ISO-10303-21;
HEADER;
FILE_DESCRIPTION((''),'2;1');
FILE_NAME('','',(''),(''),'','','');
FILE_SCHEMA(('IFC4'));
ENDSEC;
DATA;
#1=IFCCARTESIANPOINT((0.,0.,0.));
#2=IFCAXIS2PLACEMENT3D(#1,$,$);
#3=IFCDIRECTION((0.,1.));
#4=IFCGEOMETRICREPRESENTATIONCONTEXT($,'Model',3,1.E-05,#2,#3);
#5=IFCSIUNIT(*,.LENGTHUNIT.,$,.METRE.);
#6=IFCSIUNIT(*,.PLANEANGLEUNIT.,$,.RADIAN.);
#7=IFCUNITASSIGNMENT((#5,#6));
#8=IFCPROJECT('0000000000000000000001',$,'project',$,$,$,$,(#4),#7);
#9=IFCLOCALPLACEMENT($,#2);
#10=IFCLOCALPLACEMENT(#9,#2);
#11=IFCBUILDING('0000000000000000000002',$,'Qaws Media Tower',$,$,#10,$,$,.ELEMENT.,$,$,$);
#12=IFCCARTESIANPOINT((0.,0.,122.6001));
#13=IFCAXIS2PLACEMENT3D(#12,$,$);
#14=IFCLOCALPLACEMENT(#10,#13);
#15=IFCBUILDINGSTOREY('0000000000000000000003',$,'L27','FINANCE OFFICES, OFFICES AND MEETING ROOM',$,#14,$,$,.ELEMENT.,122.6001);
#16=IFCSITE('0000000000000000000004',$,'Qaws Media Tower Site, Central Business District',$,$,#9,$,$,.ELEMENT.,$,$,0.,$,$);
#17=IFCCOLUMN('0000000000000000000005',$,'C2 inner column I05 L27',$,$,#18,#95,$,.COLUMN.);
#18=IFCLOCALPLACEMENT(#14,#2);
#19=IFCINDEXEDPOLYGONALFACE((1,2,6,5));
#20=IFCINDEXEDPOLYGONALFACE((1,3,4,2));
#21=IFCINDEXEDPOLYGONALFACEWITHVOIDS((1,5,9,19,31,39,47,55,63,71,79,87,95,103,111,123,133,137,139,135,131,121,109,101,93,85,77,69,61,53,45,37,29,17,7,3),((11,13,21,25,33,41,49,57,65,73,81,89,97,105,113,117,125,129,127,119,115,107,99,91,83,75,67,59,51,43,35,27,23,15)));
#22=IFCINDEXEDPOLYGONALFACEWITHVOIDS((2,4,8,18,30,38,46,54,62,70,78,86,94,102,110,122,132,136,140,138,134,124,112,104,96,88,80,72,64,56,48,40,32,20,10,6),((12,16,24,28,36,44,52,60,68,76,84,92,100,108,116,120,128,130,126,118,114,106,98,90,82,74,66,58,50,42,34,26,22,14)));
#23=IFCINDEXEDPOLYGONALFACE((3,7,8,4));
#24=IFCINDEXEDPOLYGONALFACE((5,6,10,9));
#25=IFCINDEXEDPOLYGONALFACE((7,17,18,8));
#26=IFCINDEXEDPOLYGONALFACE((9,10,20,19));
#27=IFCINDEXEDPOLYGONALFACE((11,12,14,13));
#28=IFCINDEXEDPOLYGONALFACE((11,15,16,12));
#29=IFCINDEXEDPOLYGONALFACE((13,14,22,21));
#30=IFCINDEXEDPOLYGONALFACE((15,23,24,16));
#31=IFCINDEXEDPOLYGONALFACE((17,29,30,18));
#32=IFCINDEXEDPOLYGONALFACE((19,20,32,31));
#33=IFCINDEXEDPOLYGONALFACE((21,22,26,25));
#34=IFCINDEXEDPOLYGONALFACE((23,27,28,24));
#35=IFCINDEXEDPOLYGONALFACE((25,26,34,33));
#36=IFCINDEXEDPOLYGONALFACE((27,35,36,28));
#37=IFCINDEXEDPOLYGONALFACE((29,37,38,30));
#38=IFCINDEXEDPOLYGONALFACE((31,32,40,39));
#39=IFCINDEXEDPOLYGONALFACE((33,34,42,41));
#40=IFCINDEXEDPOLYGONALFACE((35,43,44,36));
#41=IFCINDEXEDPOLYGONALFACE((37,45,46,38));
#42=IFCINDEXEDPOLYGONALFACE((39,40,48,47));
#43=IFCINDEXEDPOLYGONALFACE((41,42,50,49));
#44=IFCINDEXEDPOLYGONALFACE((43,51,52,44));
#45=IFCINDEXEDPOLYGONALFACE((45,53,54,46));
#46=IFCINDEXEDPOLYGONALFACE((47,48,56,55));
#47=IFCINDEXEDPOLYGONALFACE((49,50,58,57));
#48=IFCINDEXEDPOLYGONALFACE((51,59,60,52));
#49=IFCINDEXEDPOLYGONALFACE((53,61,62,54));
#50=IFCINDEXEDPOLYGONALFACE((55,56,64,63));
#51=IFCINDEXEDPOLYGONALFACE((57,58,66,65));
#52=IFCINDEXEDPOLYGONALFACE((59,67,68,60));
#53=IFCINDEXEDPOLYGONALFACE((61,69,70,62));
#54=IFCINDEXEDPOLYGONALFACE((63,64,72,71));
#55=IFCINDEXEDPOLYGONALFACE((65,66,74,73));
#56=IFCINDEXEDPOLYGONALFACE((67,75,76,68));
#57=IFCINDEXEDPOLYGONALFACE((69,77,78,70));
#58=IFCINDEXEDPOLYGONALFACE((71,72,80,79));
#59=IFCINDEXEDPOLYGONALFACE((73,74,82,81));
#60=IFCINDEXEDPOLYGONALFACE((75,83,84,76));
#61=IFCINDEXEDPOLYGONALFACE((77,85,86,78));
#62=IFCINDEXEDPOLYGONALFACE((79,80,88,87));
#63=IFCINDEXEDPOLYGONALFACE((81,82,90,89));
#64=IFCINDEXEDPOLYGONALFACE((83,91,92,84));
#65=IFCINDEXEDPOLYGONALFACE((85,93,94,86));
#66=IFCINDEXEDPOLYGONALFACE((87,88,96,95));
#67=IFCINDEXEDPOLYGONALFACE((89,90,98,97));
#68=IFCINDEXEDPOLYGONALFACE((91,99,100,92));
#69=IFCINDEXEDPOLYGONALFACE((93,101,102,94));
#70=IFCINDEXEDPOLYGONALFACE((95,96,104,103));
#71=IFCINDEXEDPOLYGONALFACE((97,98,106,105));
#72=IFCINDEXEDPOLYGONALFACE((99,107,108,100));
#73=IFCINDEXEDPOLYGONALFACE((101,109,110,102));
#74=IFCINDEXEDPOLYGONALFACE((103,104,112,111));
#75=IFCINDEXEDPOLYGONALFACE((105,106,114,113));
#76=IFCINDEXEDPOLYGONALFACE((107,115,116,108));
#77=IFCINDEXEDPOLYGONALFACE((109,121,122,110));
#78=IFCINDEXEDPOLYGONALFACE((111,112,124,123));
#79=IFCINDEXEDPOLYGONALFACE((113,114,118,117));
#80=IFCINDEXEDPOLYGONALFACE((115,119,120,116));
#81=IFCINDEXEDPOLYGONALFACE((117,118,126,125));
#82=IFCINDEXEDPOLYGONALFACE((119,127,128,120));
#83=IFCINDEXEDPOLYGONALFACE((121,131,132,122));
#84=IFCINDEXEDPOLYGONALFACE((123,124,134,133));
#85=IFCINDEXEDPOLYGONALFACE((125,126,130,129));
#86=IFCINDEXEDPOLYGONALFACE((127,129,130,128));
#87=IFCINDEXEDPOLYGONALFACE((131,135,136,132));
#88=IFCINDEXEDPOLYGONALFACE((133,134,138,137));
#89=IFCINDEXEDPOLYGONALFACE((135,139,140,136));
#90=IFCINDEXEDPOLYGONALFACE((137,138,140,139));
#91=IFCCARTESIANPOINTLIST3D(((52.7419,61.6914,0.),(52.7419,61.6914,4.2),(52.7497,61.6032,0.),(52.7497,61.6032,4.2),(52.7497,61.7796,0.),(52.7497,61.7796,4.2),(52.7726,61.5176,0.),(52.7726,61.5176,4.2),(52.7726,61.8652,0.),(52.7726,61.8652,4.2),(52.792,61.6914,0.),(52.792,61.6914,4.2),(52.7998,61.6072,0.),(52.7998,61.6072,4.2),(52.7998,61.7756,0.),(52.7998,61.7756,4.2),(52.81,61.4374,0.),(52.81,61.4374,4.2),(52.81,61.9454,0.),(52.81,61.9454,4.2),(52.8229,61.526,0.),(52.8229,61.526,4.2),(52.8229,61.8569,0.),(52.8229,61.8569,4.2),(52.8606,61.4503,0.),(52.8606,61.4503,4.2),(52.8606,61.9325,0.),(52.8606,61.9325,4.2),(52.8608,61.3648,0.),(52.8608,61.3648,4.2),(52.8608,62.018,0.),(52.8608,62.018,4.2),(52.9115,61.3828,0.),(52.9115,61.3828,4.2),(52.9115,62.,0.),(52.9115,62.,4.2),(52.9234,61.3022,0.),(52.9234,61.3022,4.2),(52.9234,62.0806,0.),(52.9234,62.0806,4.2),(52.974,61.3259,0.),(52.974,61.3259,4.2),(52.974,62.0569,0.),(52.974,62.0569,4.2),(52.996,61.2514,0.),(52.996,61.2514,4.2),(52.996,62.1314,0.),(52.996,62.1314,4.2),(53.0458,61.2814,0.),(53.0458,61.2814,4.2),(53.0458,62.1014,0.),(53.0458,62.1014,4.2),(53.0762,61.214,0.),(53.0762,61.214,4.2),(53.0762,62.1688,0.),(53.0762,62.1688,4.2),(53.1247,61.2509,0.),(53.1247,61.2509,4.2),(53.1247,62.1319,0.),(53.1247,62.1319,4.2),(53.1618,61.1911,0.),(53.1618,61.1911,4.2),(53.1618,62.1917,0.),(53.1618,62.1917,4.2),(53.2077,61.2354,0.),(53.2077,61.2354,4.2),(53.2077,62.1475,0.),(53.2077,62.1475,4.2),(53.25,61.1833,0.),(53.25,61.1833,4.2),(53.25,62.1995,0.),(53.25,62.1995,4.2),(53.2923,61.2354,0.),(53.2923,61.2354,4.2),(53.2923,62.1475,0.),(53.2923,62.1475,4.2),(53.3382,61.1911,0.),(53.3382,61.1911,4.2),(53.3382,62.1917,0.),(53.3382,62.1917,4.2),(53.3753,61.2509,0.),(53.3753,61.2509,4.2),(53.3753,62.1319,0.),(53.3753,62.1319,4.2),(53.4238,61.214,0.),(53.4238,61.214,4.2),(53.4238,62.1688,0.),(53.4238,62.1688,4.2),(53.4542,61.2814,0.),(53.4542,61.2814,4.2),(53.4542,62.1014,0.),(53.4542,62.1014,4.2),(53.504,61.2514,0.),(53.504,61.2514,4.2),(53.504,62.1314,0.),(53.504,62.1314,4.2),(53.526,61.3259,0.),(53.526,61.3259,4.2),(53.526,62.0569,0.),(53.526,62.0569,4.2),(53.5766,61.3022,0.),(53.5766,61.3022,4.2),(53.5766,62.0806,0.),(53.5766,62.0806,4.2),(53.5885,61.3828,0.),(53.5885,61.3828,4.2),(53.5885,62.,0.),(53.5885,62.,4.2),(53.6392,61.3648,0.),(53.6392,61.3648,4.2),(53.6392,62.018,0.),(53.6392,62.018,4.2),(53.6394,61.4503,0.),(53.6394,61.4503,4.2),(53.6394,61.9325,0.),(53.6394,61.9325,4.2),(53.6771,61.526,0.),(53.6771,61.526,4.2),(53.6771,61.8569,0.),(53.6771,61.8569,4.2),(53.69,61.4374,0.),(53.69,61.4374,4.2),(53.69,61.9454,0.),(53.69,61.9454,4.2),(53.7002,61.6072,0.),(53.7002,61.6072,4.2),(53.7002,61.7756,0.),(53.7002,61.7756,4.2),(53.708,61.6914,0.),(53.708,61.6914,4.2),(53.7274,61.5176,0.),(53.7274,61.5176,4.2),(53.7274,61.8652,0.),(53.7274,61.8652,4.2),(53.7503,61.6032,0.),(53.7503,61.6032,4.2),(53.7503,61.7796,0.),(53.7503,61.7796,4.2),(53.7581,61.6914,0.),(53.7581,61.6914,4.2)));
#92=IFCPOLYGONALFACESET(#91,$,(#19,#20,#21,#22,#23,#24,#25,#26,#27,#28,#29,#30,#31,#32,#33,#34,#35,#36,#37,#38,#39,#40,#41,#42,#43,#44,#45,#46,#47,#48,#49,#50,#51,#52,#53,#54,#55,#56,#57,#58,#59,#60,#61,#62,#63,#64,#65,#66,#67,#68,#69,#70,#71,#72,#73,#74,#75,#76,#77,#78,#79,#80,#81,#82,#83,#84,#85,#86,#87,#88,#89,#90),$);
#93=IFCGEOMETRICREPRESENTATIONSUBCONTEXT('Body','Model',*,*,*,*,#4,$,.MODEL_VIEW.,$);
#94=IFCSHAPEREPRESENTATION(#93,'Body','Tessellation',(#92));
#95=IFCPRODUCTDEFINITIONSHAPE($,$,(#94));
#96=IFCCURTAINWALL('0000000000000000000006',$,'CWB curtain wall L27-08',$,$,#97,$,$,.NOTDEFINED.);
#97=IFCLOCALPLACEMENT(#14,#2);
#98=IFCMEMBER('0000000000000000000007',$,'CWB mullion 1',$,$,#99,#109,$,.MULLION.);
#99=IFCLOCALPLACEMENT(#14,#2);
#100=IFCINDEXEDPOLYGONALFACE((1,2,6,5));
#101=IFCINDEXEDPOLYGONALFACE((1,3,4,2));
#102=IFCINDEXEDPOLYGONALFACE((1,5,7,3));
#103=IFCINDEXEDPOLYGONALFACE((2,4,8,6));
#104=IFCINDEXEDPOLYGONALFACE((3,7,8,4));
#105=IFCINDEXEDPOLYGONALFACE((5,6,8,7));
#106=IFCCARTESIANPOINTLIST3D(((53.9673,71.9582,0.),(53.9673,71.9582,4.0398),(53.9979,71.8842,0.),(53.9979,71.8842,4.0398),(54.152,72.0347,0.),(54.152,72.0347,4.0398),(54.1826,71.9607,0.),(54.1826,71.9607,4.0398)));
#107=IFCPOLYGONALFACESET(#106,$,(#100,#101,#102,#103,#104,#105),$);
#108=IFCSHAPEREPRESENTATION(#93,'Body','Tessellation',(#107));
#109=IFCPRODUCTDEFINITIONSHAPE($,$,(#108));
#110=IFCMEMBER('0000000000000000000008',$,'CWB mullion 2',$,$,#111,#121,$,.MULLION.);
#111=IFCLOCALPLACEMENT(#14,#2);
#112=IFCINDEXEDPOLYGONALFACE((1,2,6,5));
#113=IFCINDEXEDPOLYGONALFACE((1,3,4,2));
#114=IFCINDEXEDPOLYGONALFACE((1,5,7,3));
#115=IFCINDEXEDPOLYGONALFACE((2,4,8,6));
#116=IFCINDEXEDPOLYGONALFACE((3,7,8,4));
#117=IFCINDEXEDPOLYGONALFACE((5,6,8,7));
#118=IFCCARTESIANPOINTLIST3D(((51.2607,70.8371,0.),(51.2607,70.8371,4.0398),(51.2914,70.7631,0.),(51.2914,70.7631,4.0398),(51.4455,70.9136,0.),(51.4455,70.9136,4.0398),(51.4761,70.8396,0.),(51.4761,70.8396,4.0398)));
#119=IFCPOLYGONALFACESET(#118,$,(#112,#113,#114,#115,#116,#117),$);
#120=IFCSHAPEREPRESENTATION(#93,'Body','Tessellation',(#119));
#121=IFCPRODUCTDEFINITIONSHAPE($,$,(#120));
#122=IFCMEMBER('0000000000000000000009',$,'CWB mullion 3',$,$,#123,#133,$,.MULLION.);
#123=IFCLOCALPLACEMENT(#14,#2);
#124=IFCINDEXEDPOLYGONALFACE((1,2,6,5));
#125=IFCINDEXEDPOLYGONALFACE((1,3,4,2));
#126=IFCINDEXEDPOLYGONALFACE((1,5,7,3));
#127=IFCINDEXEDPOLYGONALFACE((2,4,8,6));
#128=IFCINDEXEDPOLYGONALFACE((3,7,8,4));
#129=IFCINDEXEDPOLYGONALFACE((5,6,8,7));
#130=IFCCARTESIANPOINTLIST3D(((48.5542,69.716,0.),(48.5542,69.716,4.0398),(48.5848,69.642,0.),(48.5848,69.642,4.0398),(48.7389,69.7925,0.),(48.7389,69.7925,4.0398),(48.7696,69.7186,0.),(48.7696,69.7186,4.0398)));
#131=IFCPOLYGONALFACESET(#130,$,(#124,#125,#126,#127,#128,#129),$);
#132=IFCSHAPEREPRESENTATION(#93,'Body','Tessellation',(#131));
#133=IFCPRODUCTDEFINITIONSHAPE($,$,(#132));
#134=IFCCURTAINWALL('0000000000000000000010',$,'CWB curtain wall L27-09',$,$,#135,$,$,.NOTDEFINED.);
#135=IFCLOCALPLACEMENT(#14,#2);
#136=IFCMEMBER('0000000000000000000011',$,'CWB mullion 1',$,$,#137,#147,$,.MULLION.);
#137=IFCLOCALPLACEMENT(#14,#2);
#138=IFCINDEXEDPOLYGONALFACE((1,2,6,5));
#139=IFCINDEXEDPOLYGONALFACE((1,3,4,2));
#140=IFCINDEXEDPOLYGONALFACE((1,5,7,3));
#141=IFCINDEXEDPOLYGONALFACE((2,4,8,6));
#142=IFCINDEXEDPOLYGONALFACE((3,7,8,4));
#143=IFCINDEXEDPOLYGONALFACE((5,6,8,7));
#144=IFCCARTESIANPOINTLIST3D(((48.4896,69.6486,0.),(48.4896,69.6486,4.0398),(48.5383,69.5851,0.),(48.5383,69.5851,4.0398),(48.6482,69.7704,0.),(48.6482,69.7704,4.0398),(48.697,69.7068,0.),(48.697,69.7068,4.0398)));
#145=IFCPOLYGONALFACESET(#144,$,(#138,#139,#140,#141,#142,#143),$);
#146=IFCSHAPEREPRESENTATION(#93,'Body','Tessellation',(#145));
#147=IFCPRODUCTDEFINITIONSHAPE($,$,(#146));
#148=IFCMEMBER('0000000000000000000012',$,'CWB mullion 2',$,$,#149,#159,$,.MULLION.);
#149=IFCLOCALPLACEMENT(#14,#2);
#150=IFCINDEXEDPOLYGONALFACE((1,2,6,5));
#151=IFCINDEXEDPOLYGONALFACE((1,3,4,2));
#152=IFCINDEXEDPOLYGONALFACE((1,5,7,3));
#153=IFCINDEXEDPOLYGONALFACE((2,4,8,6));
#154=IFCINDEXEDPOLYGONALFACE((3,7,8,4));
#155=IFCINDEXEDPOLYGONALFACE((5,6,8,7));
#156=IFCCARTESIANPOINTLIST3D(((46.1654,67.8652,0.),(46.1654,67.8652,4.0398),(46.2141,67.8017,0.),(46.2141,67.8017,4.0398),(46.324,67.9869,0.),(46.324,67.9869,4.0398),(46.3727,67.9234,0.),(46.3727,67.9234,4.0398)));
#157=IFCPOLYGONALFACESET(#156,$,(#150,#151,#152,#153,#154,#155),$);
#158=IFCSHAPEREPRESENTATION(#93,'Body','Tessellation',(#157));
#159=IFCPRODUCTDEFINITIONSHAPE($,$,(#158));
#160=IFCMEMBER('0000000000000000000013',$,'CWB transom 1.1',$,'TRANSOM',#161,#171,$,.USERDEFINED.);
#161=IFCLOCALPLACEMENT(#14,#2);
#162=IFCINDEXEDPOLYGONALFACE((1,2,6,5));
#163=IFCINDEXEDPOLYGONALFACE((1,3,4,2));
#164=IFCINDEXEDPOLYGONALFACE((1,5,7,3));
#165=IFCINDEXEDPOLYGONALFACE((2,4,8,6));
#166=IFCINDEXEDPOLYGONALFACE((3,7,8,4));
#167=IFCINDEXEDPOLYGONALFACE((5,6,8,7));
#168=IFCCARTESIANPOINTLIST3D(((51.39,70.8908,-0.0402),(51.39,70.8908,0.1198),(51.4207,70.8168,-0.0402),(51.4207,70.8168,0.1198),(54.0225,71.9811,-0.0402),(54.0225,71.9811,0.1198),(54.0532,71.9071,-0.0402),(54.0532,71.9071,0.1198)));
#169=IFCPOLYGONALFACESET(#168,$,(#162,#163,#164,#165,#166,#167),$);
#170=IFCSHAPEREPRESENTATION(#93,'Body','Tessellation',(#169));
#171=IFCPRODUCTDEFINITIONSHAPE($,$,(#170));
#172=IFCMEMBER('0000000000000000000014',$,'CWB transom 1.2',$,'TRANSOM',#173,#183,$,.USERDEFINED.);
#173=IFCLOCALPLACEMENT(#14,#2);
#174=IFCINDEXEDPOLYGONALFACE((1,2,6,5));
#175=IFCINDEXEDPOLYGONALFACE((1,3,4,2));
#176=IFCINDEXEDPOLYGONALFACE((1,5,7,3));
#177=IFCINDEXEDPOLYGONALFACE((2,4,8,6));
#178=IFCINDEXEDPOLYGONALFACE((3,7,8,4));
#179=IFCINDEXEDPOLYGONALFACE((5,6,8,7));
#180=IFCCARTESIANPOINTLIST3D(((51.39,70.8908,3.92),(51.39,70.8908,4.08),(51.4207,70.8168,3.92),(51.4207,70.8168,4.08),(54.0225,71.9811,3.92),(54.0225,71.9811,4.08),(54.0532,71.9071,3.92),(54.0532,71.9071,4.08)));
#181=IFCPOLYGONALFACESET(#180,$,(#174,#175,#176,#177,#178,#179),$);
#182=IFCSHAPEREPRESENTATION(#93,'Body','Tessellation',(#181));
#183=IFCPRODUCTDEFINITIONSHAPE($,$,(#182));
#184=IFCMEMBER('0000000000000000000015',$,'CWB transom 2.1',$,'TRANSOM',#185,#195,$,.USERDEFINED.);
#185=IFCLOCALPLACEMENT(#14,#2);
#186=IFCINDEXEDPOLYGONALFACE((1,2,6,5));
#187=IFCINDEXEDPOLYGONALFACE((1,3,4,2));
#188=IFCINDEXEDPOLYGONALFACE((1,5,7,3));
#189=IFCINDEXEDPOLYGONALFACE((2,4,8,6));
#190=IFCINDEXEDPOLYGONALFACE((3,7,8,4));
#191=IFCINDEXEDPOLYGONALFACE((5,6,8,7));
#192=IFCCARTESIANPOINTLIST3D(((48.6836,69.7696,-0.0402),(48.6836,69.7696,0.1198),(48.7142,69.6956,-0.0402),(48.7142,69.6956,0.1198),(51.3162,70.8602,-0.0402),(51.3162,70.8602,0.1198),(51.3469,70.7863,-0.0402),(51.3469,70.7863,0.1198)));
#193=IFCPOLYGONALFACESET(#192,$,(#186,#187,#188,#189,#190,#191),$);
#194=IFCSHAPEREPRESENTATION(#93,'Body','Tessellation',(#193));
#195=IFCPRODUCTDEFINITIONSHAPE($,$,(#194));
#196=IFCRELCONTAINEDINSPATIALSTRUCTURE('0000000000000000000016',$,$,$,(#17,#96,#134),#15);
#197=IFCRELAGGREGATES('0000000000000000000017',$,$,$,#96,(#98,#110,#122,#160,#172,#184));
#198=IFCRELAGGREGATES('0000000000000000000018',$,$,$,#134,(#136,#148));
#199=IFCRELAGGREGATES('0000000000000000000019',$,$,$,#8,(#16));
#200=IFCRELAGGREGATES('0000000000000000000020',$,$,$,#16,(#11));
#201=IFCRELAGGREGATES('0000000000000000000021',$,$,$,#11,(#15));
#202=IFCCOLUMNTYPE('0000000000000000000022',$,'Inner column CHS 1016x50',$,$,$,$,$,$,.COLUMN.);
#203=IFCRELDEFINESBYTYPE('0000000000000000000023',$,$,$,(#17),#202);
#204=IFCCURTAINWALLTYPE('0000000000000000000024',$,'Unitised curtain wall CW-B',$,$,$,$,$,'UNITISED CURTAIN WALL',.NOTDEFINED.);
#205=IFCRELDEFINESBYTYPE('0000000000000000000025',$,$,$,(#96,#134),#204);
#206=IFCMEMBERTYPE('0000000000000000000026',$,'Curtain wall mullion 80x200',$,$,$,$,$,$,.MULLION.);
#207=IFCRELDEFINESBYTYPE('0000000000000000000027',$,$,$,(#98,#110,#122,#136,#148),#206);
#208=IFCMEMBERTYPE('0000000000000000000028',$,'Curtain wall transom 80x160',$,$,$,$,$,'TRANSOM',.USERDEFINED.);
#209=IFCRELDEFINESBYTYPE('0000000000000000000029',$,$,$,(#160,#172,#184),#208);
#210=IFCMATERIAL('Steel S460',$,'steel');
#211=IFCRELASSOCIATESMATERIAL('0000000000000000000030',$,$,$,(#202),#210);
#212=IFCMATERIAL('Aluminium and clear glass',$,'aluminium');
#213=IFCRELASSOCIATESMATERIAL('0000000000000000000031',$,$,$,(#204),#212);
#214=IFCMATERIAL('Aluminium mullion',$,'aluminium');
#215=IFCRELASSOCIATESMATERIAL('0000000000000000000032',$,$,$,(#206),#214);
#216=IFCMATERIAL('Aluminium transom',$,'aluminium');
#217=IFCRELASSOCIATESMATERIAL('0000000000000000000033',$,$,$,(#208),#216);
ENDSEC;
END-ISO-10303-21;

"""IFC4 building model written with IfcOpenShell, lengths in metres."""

from ifc_helpers import new_model, si_unit, direction, frame, origin, origin_2d, place, context, subcontext, project, spatial, rectangle, hollow_circle, extrude, material, material_profile, profile_set, type_object, element, aggregate, save


model = new_model("IFC4")

# Units and contexts
model_context = context("Model", 3, precision=1e-05, world=origin(), true_north=direction((0.0, 1.0)))
body_context = subcontext(model_context, "Body", "Model", "MODEL_VIEW")
ifc_project = project(units=[si_unit("LENGTHUNIT", "METRE"), si_unit("PLANEANGLEUNIT", "RADIAN")], contexts=[model_context])

# Site, building, storey
site_placement = place(None, origin())
site = spatial("IfcSite", under=ifc_project, at=site_placement, Name="Qaws Media Tower Site, Central Business District", CompositionType="ELEMENT", RefElevation=0.0)
building_placement = place(site_placement, origin())
building = spatial("IfcBuilding", under=site, at=building_placement, Name="Qaws Media Tower", CompositionType="ELEMENT")
storey_placement = place(building_placement, frame((0.0, 0.0, 122.6001)))
storey = spatial("IfcBuildingStorey", under=building, at=storey_placement, Name="L27", Description="FINANCE OFFICES, OFFICES AND MEETING ROOM", CompositionType="ELEMENT", Elevation=122.6001)

# Column
ifc_material_1 = material(Name="Steel S460", Category="steel")
ifc_material_profile_1 = material_profile(ifc_material_1, hollow_circle(Radius=0.5081, WallThickness=0.05, at=origin_2d()), Name="CHS 1016x50")
ifc_profile_set_1 = profile_set([ifc_material_profile_1], Name="Steel S460")
column_type = type_object("IfcColumnType", Name="Inner column CHS 1016x50", PredefinedType="COLUMN", material=ifc_profile_set_1)
column_placement = place(storey_placement, frame((53.25, 61.6914, 0.0), z_axis=(0.0, 0.0, 1.0), x_axis=(1.0, 0.0, 0.0)))
element("IfcColumn", 1, at=column_placement, inside=storey, type_object=column_type, Name="C2 inner column I05 L27", PredefinedType="COLUMN", context=body_context, shape_type="SweptSolid", body=[
    extrude(hollow_circle(Radius=0.5081, WallThickness=0.05, at=origin_2d()), origin(), (0.0, 0.0, 1.0), 4.2),
])

# Curtain walls, members
ifc_material_2 = material(Name="Aluminium and clear glass", Category="aluminium")
curtain_wall_type = type_object("IfcCurtainWallType", Name="Unitised curtain wall CW-B", ElementType="UNITISED CURTAIN WALL", PredefinedType="NOTDEFINED", material=ifc_material_2)
curtain_wall_1_placement = place(storey_placement, origin())
curtain_wall_1 = element("IfcCurtainWall", 2, at=curtain_wall_1_placement, inside=storey, type_object=curtain_wall_type, Name="CWB curtain wall L27-08", PredefinedType="NOTDEFINED")
ifc_material_3 = material(Name="Aluminium mullion", Category="aluminium")
ifc_material_profile_2 = material_profile(ifc_material_3, rectangle(XDim=0.0801, YDim=0.2, at=origin_2d()), Name="80x200")
ifc_profile_set_2 = profile_set([ifc_material_profile_2], Name="Aluminium mullion")
member_type_1 = type_object("IfcMemberType", Name="Curtain wall mullion 80x200", PredefinedType="MULLION", material=ifc_profile_set_2)
member_1_placement = place(storey_placement, frame((54.075, 71.9595, 0.0), z_axis=(0.0, 0.0, 1.0), x_axis=(0.382683, -0.92388, 0.0)))
member_1 = element("IfcMember", 3, at=member_1_placement, type_object=member_type_1, Name="CWB mullion 1", PredefinedType="MULLION", context=body_context, shape_type="SweptSolid", body=[
    extrude(rectangle(XDim=0.0801, YDim=0.2, at=origin_2d()), origin(), (0.0, 0.0, 1.0), 4.0398),
])
member_2_placement = place(storey_placement, frame((51.3684, 70.8384, 0.0), z_axis=(0.0, 0.0, 1.0), x_axis=(0.382683, -0.92388, 0.0)))
member_2 = element("IfcMember", 4, at=member_2_placement, type_object=member_type_1, Name="CWB mullion 2", PredefinedType="MULLION", context=body_context, shape_type="SweptSolid", body=[
    extrude(rectangle(XDim=0.0801, YDim=0.2, at=origin_2d()), origin(), (0.0, 0.0, 1.0), 4.0398),
])
member_3_placement = place(storey_placement, frame((48.6619, 69.7173, 0.0), z_axis=(0.0, 0.0, 1.0), x_axis=(0.382683, -0.92388, 0.0)))
member_3 = element("IfcMember", 5, at=member_3_placement, type_object=member_type_1, Name="CWB mullion 3", PredefinedType="MULLION", context=body_context, shape_type="SweptSolid", body=[
    extrude(rectangle(XDim=0.0801, YDim=0.2, at=origin_2d()), origin(), (0.0, 0.0, 1.0), 4.0398),
])
curtain_wall_2_placement = place(storey_placement, origin())
curtain_wall_2 = element("IfcCurtainWall", 6, at=curtain_wall_2_placement, inside=storey, type_object=curtain_wall_type, Name="CWB curtain wall L27-09", PredefinedType="NOTDEFINED")
member_4_placement = place(storey_placement, frame((48.5933, 69.6777, 0.0), z_axis=(0.0, 0.0, 1.0), x_axis=(0.608761, -0.793353, 0.0)))
member_4 = element("IfcMember", 7, at=member_4_placement, type_object=member_type_1, Name="CWB mullion 1", PredefinedType="MULLION", context=body_context, shape_type="SweptSolid", body=[
    extrude(rectangle(XDim=0.0801, YDim=0.2, at=origin_2d()), origin(), (0.0, 0.0, 1.0), 4.0398),
])
member_5_placement = place(storey_placement, frame((46.269, 67.8943, 0.0), z_axis=(0.0, 0.0, 1.0), x_axis=(0.608761, -0.793353, 0.0)))
member_5 = element("IfcMember", 8, at=member_5_placement, type_object=member_type_1, Name="CWB mullion 2", PredefinedType="MULLION", context=body_context, shape_type="SweptSolid", body=[
    extrude(rectangle(XDim=0.0801, YDim=0.2, at=origin_2d()), origin(), (0.0, 0.0, 1.0), 4.0398),
])

# Members
ifc_material_4 = material(Name="Aluminium transom", Category="aluminium")
ifc_material_profile_3 = material_profile(ifc_material_4, rectangle(XDim=0.0801, YDim=0.1599, at=origin_2d()), Name="80x160")
ifc_profile_set_3 = profile_set([ifc_material_profile_3], Name="Aluminium transom")
member_type_2 = type_object("IfcMemberType", Name="Curtain wall transom 80x160", ElementType="TRANSOM", PredefinedType="USERDEFINED", material=ifc_profile_set_3)
member_6_placement = place(storey_placement, frame((54.0378, 71.9441, 0.0398), z_axis=(-0.923894, -0.382649, 0.0), x_axis=(0.382649, -0.923894, 0.0)))
member_6 = element("IfcMember", 9, at=member_6_placement, type_object=member_type_2, Name="CWB transom 1.1", ObjectType="TRANSOM", PredefinedType="USERDEFINED", context=body_context, shape_type="SweptSolid", body=[
    extrude(rectangle(XDim=0.0801, YDim=0.1599, at=origin_2d()), origin(), (0.0, 0.0, 1.0), 2.8494),
])
member_7_placement = place(storey_placement, frame((54.0378, 71.9441, 4.0), z_axis=(-0.923894, -0.382649, 0.0), x_axis=(0.382649, -0.923894, 0.0)))
member_7 = element("IfcMember", 10, at=member_7_placement, type_object=member_type_2, Name="CWB transom 1.2", ObjectType="TRANSOM", PredefinedType="USERDEFINED", context=body_context, shape_type="SweptSolid", body=[
    extrude(rectangle(XDim=0.0801, YDim=0.1599, at=origin_2d()), origin(), (0.0, 0.0, 1.0), 2.8494),
])
member_8_placement = place(storey_placement, frame((51.3315, 70.8232, 0.0398), z_axis=(-0.923863, -0.382723, 0.0), x_axis=(0.382723, -0.923863, 0.0)))
member_8 = element("IfcMember", 11, at=member_8_placement, type_object=member_type_2, Name="CWB transom 2.1", ObjectType="TRANSOM", PredefinedType="USERDEFINED", context=body_context, shape_type="SweptSolid", body=[
    extrude(rectangle(XDim=0.0801, YDim=0.1599, at=origin_2d()), origin(), (0.0, 0.0, 1.0), 2.8496),
])

aggregate(curtain_wall_1, [member_1, member_2, member_3, member_6, member_7, member_8])
aggregate(curtain_wall_2, [member_4, member_5])

save(model, "model.ifc")
